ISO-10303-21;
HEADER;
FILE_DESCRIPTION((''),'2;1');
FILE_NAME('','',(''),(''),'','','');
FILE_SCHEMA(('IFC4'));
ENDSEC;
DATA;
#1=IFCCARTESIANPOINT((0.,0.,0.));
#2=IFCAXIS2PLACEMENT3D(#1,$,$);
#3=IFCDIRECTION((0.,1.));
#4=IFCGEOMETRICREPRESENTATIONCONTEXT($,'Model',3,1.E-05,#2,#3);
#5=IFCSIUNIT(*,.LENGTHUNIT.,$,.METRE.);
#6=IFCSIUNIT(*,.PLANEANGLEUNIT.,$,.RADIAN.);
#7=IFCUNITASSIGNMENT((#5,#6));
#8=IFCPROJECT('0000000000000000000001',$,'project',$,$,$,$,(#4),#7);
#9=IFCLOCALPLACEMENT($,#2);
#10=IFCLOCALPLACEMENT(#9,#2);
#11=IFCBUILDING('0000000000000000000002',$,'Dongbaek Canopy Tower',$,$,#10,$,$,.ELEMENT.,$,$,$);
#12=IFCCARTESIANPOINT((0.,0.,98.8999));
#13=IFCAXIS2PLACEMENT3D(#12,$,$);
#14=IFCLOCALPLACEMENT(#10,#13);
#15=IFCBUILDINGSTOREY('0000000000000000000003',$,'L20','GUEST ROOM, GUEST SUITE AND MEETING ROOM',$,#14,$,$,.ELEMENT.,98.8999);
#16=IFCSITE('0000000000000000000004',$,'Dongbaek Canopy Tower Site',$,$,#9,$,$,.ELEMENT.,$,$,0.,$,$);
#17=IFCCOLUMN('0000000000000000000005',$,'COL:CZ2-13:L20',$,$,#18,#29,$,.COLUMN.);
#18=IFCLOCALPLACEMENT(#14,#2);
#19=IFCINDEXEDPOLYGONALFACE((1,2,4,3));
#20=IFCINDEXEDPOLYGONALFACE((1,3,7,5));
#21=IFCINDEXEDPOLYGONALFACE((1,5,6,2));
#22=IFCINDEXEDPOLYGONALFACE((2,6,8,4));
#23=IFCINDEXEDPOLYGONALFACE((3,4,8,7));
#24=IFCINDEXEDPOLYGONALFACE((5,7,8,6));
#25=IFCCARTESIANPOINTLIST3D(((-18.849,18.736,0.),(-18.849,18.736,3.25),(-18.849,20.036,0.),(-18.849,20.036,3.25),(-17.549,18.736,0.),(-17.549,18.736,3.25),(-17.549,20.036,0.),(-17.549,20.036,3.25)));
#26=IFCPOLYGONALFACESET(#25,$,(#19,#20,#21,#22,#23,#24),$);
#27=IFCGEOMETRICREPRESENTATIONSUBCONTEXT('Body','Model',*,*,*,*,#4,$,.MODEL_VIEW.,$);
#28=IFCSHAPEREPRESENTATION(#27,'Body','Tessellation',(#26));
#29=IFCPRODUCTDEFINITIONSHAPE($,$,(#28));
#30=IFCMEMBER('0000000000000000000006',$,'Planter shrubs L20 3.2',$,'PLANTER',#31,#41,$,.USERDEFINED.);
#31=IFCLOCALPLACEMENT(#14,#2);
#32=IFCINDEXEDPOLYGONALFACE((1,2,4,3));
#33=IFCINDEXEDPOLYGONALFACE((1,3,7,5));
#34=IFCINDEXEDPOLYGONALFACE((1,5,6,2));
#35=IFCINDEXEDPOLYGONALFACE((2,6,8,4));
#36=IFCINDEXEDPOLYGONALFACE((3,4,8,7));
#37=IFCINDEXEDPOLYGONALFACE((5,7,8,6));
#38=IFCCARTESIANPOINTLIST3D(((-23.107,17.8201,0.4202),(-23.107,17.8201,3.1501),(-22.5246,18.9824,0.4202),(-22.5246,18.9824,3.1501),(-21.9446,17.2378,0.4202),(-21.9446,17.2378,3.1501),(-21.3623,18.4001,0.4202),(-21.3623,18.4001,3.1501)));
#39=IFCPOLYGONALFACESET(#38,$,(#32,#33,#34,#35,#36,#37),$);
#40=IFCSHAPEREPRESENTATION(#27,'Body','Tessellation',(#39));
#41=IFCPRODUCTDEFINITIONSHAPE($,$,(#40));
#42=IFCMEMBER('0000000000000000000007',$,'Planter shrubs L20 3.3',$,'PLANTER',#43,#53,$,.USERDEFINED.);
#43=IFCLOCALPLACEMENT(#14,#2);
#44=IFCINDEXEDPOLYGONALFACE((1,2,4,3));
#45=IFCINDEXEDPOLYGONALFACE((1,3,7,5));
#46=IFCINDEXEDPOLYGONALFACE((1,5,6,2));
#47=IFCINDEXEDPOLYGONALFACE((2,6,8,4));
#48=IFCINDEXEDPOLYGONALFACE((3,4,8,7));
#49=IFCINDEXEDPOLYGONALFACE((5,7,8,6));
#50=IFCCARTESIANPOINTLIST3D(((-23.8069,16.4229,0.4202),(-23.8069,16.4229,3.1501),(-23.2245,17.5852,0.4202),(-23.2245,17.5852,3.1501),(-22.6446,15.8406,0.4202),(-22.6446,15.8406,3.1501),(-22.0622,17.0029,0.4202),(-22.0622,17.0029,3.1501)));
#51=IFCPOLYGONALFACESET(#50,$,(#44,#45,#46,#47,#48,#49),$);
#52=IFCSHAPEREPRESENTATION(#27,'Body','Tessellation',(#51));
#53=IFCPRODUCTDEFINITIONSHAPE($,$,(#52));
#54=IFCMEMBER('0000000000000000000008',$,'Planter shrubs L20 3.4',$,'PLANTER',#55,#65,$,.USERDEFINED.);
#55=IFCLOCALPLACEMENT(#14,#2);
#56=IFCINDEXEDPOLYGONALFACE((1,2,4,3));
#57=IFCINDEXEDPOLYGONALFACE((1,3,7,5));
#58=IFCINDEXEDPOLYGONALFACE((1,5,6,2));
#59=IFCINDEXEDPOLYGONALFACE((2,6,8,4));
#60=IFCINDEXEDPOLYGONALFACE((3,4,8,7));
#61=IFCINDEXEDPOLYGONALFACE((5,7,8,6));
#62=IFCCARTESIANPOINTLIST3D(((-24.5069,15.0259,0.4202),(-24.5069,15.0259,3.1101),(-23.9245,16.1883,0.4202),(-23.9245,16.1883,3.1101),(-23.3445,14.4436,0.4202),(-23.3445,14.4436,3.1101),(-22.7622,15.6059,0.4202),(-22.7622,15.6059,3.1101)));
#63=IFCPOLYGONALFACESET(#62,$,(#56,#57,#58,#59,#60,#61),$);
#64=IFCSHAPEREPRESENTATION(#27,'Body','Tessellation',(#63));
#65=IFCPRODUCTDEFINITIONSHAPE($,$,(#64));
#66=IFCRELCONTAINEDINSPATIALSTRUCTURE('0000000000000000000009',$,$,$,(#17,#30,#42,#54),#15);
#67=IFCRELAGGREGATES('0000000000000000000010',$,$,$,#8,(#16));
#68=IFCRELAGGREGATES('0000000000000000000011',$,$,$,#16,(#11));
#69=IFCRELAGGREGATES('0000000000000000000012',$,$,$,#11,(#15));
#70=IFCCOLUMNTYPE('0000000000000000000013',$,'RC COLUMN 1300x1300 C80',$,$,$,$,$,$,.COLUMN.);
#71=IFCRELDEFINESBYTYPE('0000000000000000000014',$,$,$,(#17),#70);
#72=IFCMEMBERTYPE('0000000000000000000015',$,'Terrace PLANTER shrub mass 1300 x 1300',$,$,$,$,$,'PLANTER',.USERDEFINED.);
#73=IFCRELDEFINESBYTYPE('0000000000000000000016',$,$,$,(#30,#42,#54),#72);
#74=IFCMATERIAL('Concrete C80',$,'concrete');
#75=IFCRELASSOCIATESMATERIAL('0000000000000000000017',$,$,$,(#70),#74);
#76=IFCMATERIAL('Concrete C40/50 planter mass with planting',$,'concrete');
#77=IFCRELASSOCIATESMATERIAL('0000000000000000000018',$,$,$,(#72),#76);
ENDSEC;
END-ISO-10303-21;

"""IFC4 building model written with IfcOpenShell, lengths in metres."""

from ifc_helpers import new_model, si_unit, direction, frame, origin, origin_2d, place, context, subcontext, project, spatial, rectangle, extrude, material, material_profile, profile_set, type_object, element, save


model = new_model("IFC4")

# Units and contexts
model_context = context("Model", 3, precision=1e-05, world=origin(), true_north=direction((0.0, 1.0)))
body_context = subcontext(model_context, "Body", "Model", "MODEL_VIEW")
ifc_project = project(units=[si_unit("LENGTHUNIT", "METRE"), si_unit("PLANEANGLEUNIT", "RADIAN")], contexts=[model_context])

# Site, building, storey
site_placement = place(None, origin())
site = spatial("IfcSite", under=ifc_project, at=site_placement, Name="Dongbaek Canopy Tower Site", CompositionType="ELEMENT", RefElevation=0.0)
building_placement = place(site_placement, origin())
building = spatial("IfcBuilding", under=site, at=building_placement, Name="Dongbaek Canopy Tower", CompositionType="ELEMENT")
storey_placement = place(building_placement, frame((0.0, 0.0, 98.8999)))
storey = spatial("IfcBuildingStorey", under=building, at=storey_placement, Name="L20", Description="GUEST ROOM, GUEST SUITE AND MEETING ROOM", CompositionType="ELEMENT", Elevation=98.8999)

# Column
ifc_material_1 = material(Name="Concrete C80", Category="concrete")
ifc_material_profile_1 = material_profile(ifc_material_1, rectangle(XDim=1.3, YDim=1.3, at=origin_2d()), Name="RC COLUMN 1300x1300 C80")
ifc_profile_set_1 = profile_set([ifc_material_profile_1], Name="Concrete C80")
column_type = type_object("IfcColumnType", Name="RC COLUMN 1300x1300 C80", PredefinedType="COLUMN", material=ifc_profile_set_1)
column_placement = place(storey_placement, frame((-18.199, 19.386, 0.0), z_axis=(0.0, 0.0, 1.0), x_axis=(1.0, 0.0, 0.0)))
element("IfcColumn", 1, at=column_placement, inside=storey, type_object=column_type, Name="COL:CZ2-13:L20", PredefinedType="COLUMN", context=body_context, shape_type="SweptSolid", body=[
    extrude(rectangle(XDim=1.3, YDim=1.3, at=origin_2d()), origin(), (0.0, 0.0, 1.0), 3.25),
])

# Members
ifc_material_2 = material(Name="Concrete C40/50 planter mass with planting", Category="concrete")
ifc_material_profile_2 = material_profile(ifc_material_2, rectangle(XDim=1.3, YDim=1.3, at=origin_2d()), Name="Terrace PLANTER shrub mass 1300 x 1300")
ifc_profile_set_2 = profile_set([ifc_material_profile_2], Name="Concrete C40/50 planter mass with planting")
member_type = type_object("IfcMemberType", Name="Terrace PLANTER shrub mass 1300 x 1300", ElementType="PLANTER", PredefinedType="USERDEFINED", material=ifc_profile_set_2)
for number, where, z_axis, x_axis, name in (
    (2, (-22.2346, 18.1101, 0.4202), (0.0, 0.0, 1.0), (-0.894056, 0.447956, 0.0), "Planter shrubs L20 3.2"),
    (3, (-22.9346, 16.7129, 0.4202), (0.0, 0.0, 1.0), (-0.894056, 0.447956, 0.0), "Planter shrubs L20 3.3"),
):
    element("IfcMember", number, at=place(storey_placement, frame(where, z_axis=z_axis, x_axis=x_axis)), inside=storey, type_object=member_type, Name=name, ObjectType="PLANTER", PredefinedType="USERDEFINED", context=body_context, shape_type="SweptSolid", body=[
        extrude(rectangle(XDim=1.3, YDim=1.3, at=origin_2d()), origin(), (0.0, 0.0, 1.0), 2.73),
    ])
member_placement = place(storey_placement, frame((-23.6345, 15.3159, 0.4202), z_axis=(0.0, 0.0, 1.0), x_axis=(-0.894056, 0.447956, 0.0)))
element("IfcMember", 4, at=member_placement, inside=storey, type_object=member_type, Name="Planter shrubs L20 3.4", ObjectType="PLANTER", PredefinedType="USERDEFINED", context=body_context, shape_type="SweptSolid", body=[
    extrude(rectangle(XDim=1.3, YDim=1.3, at=origin_2d()), origin(), (0.0, 0.0, 1.0), 2.6899),
])

save(model, "model.ifc")
